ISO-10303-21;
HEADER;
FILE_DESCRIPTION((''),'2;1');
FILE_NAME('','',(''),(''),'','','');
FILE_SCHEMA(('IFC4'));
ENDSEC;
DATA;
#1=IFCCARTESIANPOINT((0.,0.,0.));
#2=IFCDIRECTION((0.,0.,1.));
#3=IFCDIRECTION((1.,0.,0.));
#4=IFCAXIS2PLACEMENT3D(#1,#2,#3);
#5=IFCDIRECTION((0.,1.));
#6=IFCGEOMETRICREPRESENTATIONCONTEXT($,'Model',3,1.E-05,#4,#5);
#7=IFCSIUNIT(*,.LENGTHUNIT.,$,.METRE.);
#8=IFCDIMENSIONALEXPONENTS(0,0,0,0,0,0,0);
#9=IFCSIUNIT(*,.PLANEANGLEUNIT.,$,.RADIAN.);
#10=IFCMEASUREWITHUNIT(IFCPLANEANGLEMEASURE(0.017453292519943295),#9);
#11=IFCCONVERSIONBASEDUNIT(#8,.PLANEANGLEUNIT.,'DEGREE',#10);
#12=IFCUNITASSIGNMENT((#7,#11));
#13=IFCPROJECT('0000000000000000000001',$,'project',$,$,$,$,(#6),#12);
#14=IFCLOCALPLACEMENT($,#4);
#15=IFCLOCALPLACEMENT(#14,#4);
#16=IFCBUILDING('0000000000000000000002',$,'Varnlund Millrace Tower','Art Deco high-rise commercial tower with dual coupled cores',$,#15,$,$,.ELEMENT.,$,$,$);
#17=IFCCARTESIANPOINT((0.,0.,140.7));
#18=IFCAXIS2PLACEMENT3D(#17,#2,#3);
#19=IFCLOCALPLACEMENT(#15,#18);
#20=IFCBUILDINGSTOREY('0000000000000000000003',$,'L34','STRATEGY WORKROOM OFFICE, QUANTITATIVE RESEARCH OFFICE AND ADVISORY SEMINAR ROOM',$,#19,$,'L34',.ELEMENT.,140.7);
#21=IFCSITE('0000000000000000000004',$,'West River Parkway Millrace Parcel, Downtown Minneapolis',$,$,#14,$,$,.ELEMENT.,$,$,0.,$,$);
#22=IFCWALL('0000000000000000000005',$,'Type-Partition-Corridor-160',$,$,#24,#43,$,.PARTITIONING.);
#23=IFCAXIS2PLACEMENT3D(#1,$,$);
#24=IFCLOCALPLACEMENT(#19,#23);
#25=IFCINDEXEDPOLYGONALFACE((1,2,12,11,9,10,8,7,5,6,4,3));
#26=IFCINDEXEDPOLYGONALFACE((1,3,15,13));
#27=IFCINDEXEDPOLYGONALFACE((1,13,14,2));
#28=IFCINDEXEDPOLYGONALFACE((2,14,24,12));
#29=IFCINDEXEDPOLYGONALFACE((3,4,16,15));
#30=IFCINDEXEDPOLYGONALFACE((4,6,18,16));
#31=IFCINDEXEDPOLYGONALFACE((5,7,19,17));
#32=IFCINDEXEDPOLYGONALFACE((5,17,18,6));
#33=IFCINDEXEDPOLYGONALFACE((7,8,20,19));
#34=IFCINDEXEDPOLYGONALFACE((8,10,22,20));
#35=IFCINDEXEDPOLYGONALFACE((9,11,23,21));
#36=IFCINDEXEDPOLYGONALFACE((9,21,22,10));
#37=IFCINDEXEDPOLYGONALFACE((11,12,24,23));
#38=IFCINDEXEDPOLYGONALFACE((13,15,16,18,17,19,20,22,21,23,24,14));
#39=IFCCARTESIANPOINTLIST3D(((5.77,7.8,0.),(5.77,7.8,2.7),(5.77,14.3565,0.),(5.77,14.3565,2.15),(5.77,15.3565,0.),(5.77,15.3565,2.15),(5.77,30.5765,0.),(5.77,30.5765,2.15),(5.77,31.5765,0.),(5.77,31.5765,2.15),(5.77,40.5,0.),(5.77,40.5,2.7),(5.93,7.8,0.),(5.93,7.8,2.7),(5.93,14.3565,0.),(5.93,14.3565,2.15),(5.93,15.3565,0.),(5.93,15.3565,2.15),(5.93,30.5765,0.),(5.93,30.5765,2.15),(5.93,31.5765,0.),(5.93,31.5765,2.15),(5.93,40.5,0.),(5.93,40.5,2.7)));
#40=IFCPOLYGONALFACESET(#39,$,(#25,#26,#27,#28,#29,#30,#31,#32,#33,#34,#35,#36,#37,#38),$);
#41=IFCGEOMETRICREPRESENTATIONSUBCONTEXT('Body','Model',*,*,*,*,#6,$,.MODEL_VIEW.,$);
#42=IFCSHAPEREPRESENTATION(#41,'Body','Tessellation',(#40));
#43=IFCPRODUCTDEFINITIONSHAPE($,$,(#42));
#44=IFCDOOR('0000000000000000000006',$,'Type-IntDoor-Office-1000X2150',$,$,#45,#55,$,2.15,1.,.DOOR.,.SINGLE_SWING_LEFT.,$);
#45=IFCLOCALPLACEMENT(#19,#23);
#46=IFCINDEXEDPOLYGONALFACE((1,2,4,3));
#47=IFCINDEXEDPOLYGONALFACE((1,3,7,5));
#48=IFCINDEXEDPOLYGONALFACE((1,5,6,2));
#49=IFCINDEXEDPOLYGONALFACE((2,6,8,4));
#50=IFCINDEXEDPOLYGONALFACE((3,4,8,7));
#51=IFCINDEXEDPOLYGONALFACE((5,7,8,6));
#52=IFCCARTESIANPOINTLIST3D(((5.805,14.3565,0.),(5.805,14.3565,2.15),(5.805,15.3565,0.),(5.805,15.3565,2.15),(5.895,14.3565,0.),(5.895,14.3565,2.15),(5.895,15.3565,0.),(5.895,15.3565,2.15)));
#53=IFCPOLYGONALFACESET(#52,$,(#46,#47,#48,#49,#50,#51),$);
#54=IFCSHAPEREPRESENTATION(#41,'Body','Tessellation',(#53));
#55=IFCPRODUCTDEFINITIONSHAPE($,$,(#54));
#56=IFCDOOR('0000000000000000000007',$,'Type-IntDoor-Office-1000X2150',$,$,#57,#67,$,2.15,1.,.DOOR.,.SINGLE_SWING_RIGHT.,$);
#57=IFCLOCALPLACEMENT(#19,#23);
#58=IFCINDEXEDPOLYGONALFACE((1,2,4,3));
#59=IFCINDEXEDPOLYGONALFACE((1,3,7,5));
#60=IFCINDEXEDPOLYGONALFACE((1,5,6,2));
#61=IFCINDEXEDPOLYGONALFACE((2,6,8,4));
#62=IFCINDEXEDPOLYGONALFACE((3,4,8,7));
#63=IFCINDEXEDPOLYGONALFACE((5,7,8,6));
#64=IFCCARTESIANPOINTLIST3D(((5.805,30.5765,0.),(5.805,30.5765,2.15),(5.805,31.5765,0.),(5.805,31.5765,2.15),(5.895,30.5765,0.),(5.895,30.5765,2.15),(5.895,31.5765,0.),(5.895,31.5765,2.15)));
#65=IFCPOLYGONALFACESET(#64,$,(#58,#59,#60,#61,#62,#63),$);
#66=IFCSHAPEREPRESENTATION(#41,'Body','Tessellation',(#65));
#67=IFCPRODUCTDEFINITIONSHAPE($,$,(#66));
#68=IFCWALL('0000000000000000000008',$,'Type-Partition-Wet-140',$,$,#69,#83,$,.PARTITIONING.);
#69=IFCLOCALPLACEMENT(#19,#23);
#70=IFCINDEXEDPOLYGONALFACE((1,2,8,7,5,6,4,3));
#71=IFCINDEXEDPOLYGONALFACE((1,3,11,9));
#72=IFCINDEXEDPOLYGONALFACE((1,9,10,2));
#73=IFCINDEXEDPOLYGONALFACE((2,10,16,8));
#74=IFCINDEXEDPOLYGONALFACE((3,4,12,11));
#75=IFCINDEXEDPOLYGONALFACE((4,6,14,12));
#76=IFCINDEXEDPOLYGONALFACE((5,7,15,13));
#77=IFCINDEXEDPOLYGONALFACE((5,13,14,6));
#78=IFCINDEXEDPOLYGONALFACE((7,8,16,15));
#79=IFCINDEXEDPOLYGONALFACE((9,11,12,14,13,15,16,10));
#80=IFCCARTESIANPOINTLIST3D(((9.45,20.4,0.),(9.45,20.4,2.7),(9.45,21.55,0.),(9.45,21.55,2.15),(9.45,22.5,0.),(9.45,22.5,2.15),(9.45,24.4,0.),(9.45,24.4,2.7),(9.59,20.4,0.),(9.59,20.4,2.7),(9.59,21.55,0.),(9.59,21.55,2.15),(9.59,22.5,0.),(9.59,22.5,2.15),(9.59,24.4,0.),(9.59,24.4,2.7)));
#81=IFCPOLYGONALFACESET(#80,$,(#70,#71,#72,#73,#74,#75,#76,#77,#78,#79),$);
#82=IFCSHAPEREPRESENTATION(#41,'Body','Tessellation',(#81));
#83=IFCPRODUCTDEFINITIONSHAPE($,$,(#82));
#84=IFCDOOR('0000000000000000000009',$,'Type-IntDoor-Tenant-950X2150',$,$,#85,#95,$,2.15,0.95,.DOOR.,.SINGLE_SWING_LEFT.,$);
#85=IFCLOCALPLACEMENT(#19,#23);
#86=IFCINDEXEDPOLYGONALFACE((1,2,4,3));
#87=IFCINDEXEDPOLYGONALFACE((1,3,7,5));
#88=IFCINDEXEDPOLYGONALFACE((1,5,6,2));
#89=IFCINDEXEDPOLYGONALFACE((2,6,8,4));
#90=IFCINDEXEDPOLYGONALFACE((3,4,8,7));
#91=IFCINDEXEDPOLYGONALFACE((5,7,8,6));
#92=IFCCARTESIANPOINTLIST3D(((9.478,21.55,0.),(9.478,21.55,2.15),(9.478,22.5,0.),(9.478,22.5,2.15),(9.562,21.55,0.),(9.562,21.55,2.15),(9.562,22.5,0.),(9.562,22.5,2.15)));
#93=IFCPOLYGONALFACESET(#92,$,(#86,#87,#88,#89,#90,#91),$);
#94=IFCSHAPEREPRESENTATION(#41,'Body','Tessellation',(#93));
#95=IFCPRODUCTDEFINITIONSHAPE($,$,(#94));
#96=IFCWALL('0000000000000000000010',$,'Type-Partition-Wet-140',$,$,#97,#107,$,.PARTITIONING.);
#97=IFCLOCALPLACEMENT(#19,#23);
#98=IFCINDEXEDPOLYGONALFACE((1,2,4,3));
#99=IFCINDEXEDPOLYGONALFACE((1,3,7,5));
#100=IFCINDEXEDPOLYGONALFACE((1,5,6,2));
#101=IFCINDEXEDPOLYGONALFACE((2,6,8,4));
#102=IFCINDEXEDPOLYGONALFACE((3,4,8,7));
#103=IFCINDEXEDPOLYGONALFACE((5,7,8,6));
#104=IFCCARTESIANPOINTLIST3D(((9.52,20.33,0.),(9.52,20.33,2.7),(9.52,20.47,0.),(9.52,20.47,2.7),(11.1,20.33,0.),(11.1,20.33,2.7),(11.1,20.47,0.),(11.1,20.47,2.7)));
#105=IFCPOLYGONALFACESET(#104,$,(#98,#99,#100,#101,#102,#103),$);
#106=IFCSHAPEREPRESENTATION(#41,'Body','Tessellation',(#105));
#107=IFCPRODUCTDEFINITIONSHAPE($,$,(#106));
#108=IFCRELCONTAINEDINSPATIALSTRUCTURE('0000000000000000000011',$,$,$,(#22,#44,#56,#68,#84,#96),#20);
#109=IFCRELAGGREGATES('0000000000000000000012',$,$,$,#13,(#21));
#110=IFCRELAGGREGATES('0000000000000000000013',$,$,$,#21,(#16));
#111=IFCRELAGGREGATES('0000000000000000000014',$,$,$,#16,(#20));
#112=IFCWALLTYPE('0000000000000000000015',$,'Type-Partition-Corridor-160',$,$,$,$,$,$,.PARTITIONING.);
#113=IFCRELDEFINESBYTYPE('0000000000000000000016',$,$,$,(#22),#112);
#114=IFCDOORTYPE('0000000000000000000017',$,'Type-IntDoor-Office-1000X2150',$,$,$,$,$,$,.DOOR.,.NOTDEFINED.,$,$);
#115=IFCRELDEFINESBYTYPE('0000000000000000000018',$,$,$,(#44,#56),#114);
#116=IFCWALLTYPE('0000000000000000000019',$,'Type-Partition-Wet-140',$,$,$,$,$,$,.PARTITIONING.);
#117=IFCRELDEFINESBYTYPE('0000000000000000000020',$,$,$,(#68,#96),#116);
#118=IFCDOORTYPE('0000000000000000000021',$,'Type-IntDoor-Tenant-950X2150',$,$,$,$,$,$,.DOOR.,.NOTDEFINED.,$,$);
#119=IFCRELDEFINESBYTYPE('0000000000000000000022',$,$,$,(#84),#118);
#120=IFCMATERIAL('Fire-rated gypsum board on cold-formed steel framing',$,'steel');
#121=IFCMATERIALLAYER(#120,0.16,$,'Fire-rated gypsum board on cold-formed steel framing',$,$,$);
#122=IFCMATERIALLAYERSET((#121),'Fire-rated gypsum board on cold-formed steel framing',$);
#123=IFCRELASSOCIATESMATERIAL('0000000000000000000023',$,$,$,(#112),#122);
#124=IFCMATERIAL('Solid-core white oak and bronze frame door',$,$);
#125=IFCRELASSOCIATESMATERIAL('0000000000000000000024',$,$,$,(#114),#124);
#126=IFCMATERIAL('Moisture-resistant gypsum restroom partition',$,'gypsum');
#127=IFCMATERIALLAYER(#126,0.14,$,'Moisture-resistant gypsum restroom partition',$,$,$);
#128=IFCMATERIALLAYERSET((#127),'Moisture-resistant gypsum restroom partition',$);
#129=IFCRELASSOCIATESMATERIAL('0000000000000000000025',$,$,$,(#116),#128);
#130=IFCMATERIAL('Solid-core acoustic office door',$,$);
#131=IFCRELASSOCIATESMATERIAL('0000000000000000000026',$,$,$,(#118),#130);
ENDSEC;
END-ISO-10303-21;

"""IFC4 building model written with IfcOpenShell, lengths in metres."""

from ifc_helpers import new_model, entity, si_unit, converted_unit, direction, frame, origin_with_axes, origin_2d_with_axis, place, context, subcontext, project, spatial, polyline, rectangle, outline, extrude, material, layer, layer_set, type_object, element, fill, save


model = new_model("IFC4")

# Units and contexts
model_context = context("Model", 3, precision=1e-05, world=origin_with_axes(), true_north=direction((0.0, 1.0)))
body_context = subcontext(model_context, "Body", "Model", "MODEL_VIEW")
ifc_project = project(units=[si_unit("LENGTHUNIT", "METRE"), converted_unit("PLANEANGLEUNIT", "DEGREE", entity("IfcPlaneAngleMeasure", 0.017453292519943295), si_unit("PLANEANGLEUNIT", "RADIAN"), dimensions=[0, 0, 0, 0, 0, 0, 0])], contexts=[model_context])

# Site, building, storey
site_placement = place(None, origin_with_axes())
site = spatial("IfcSite", under=ifc_project, at=site_placement, Name="West River Parkway Millrace Parcel, Downtown Minneapolis", CompositionType="ELEMENT", RefElevation=0.0)
building_placement = place(site_placement, origin_with_axes())
building = spatial("IfcBuilding", under=site, at=building_placement, Name="Varnlund Millrace Tower", Description="Art Deco high-rise commercial tower with dual coupled cores", CompositionType="ELEMENT")
storey_placement = place(building_placement, frame((0.0, 0.0, 140.7), z_axis=(0.0, 0.0, 1.0), x_axis=(1.0, 0.0, 0.0)))
storey = spatial("IfcBuildingStorey", under=building, at=storey_placement, Name="L34", Description="STRATEGY WORKROOM OFFICE, QUANTITATIVE RESEARCH OFFICE AND ADVISORY SEMINAR ROOM", LongName="L34", CompositionType="ELEMENT", Elevation=140.7)

# Shared definitions
ifc_material_1 = material(Name="Fire-rated gypsum board on cold-formed steel framing", Category="steel")
ifc_layer_1 = layer(ifc_material_1, 0.16, Name="Fire-rated gypsum board on cold-formed steel framing")
ifc_layer_set_1 = layer_set([ifc_layer_1], Name="Fire-rated gypsum board on cold-formed steel framing")
wall_type_1 = type_object("IfcWallType", Name="Type-Partition-Corridor-160", PredefinedType="PARTITIONING", material=ifc_layer_set_1)

# Wall, openings, doors
wall_1_placement = place(storey_placement, frame((5.85, 7.8, 0.0), z_axis=(0.0, 0.0, 1.0), x_axis=(0.0, 1.0, 0.0)))
wall_1 = element("IfcWall", 1, at=wall_1_placement, inside=storey, type_object=wall_type_1, Name="Type-Partition-Corridor-160", PredefinedType="PARTITIONING", context=body_context, shape_type="SweptSolid", body=[
    extrude(outline(polyline([(0.0, -0.08), (32.7, -0.08), (32.7, 0.08), (0.0, 0.08), (0.0, -0.08)])), origin_with_axes(), (0.0, 0.0, 1.0), 2.7),
])
opening_1_placement = place(wall_1_placement, frame((7.0565, 0.0, 0.0), z_axis=(0.0, 0.0, 1.0), x_axis=(1.0, 0.0, 0.0)))
opening_1 = element("IfcOpeningElement", 2, at=opening_1_placement, cuts=wall_1, PredefinedType="OPENING", context=body_context, shape_type="SweptSolid", body=[
    extrude(rectangle(XDim=1.0, YDim=0.18, at=origin_2d_with_axis()), origin_with_axes(), (0.0, 0.0, 1.0), 2.15),
])
opening_2_placement = place(wall_1_placement, frame((23.2765, 0.0, 0.0), z_axis=(0.0, 0.0, 1.0), x_axis=(1.0, 0.0, 0.0)))
opening_2 = element("IfcOpeningElement", 3, at=opening_2_placement, cuts=wall_1, PredefinedType="OPENING", context=body_context, shape_type="SweptSolid", body=[
    extrude(rectangle(XDim=1.0, YDim=0.18, at=origin_2d_with_axis()), origin_with_axes(), (0.0, 0.0, 1.0), 2.15),
])
ifc_material_2 = material(Name="Solid-core white oak and bronze frame door")
door_type_1 = type_object("IfcDoorType", Name="Type-IntDoor-Office-1000X2150", OperationType="NOTDEFINED", PredefinedType="DOOR", material=ifc_material_2)
door_1_placement = place(wall_1_placement, frame((7.0565, 0.0, 0.0), z_axis=(0.0, 0.0, 1.0), x_axis=(1.0, 0.0, 0.0)))
door_1 = element("IfcDoor", 4, at=door_1_placement, inside=storey, type_object=door_type_1, Name="Type-IntDoor-Office-1000X2150", OperationType="SINGLE_SWING_LEFT", OverallHeight=2.15, OverallWidth=1.0, PredefinedType="DOOR", context=body_context, shape_type="SweptSolid", body=[
    extrude(rectangle(XDim=1.0, YDim=0.09, at=origin_2d_with_axis()), origin_with_axes(), (0.0, 0.0, 1.0), 2.15),
])
fill(opening_1, door_1)
door_2_placement = place(wall_1_placement, frame((23.2765, 0.0, 0.0), z_axis=(0.0, 0.0, 1.0), x_axis=(1.0, 0.0, 0.0)))
door_2 = element("IfcDoor", 5, at=door_2_placement, inside=storey, type_object=door_type_1, Name="Type-IntDoor-Office-1000X2150", OperationType="SINGLE_SWING_RIGHT", OverallHeight=2.15, OverallWidth=1.0, PredefinedType="DOOR", context=body_context, shape_type="SweptSolid", body=[
    extrude(rectangle(XDim=1.0, YDim=0.09, at=origin_2d_with_axis()), origin_with_axes(), (0.0, 0.0, 1.0), 2.15),
])
fill(opening_2, door_2)

# Wall, opening, door
ifc_material_3 = material(Name="Moisture-resistant gypsum restroom partition", Category="gypsum")
ifc_layer_2 = layer(ifc_material_3, 0.14, Name="Moisture-resistant gypsum restroom partition")
ifc_layer_set_2 = layer_set([ifc_layer_2], Name="Moisture-resistant gypsum restroom partition")
wall_type_2 = type_object("IfcWallType", Name="Type-Partition-Wet-140", PredefinedType="PARTITIONING", material=ifc_layer_set_2)
wall_2_placement = place(storey_placement, frame((9.52, 20.4, 0.0), z_axis=(0.0, 0.0, 1.0), x_axis=(0.0, 1.0, 0.0)))
wall_2 = element("IfcWall", 6, at=wall_2_placement, inside=storey, type_object=wall_type_2, Name="Type-Partition-Wet-140", PredefinedType="PARTITIONING", context=body_context, shape_type="SweptSolid", body=[
    extrude(outline(polyline([(0.0, -0.07), (4.0, -0.07), (4.0, 0.07), (0.0, 0.07), (0.0, -0.07)])), origin_with_axes(), (0.0, 0.0, 1.0), 2.7),
])
opening_3_placement = place(wall_2_placement, frame((1.625, 0.0, 0.0), z_axis=(0.0, 0.0, 1.0), x_axis=(1.0, 0.0, 0.0)))
opening_3 = element("IfcOpeningElement", 7, at=opening_3_placement, cuts=wall_2, PredefinedType="OPENING", context=body_context, shape_type="SweptSolid", body=[
    extrude(rectangle(XDim=0.95, YDim=0.16, at=origin_2d_with_axis()), origin_with_axes(), (0.0, 0.0, 1.0), 2.15),
])
ifc_material_4 = material(Name="Solid-core acoustic office door")
door_type_2 = type_object("IfcDoorType", Name="Type-IntDoor-Tenant-950X2150", OperationType="NOTDEFINED", PredefinedType="DOOR", material=ifc_material_4)
door_3_placement = place(wall_2_placement, frame((1.625, 0.0, 0.0), z_axis=(0.0, 0.0, 1.0), x_axis=(1.0, 0.0, 0.0)))
door_3 = element("IfcDoor", 8, at=door_3_placement, inside=storey, type_object=door_type_2, Name="Type-IntDoor-Tenant-950X2150", OperationType="SINGLE_SWING_LEFT", OverallHeight=2.15, OverallWidth=0.95, PredefinedType="DOOR", context=body_context, shape_type="SweptSolid", body=[
    extrude(rectangle(XDim=0.95, YDim=0.084, at=origin_2d_with_axis()), origin_with_axes(), (0.0, 0.0, 1.0), 2.15),
])
fill(opening_3, door_3)

# Wall
wall_3_placement = place(storey_placement, frame((9.52, 20.4, 0.0), z_axis=(0.0, 0.0, 1.0), x_axis=(1.0, 0.0, 0.0)))
element("IfcWall", 9, at=wall_3_placement, inside=storey, type_object=wall_type_2, Name="Type-Partition-Wet-140", PredefinedType="PARTITIONING", context=body_context, shape_type="SweptSolid", body=[
    extrude(outline(polyline([(0.0, -0.07), (1.58, -0.07), (1.58, 0.07), (0.0, 0.07), (0.0, -0.07)])), origin_with_axes(), (0.0, 0.0, 1.0), 2.7),
])

save(model, "model.ifc")
